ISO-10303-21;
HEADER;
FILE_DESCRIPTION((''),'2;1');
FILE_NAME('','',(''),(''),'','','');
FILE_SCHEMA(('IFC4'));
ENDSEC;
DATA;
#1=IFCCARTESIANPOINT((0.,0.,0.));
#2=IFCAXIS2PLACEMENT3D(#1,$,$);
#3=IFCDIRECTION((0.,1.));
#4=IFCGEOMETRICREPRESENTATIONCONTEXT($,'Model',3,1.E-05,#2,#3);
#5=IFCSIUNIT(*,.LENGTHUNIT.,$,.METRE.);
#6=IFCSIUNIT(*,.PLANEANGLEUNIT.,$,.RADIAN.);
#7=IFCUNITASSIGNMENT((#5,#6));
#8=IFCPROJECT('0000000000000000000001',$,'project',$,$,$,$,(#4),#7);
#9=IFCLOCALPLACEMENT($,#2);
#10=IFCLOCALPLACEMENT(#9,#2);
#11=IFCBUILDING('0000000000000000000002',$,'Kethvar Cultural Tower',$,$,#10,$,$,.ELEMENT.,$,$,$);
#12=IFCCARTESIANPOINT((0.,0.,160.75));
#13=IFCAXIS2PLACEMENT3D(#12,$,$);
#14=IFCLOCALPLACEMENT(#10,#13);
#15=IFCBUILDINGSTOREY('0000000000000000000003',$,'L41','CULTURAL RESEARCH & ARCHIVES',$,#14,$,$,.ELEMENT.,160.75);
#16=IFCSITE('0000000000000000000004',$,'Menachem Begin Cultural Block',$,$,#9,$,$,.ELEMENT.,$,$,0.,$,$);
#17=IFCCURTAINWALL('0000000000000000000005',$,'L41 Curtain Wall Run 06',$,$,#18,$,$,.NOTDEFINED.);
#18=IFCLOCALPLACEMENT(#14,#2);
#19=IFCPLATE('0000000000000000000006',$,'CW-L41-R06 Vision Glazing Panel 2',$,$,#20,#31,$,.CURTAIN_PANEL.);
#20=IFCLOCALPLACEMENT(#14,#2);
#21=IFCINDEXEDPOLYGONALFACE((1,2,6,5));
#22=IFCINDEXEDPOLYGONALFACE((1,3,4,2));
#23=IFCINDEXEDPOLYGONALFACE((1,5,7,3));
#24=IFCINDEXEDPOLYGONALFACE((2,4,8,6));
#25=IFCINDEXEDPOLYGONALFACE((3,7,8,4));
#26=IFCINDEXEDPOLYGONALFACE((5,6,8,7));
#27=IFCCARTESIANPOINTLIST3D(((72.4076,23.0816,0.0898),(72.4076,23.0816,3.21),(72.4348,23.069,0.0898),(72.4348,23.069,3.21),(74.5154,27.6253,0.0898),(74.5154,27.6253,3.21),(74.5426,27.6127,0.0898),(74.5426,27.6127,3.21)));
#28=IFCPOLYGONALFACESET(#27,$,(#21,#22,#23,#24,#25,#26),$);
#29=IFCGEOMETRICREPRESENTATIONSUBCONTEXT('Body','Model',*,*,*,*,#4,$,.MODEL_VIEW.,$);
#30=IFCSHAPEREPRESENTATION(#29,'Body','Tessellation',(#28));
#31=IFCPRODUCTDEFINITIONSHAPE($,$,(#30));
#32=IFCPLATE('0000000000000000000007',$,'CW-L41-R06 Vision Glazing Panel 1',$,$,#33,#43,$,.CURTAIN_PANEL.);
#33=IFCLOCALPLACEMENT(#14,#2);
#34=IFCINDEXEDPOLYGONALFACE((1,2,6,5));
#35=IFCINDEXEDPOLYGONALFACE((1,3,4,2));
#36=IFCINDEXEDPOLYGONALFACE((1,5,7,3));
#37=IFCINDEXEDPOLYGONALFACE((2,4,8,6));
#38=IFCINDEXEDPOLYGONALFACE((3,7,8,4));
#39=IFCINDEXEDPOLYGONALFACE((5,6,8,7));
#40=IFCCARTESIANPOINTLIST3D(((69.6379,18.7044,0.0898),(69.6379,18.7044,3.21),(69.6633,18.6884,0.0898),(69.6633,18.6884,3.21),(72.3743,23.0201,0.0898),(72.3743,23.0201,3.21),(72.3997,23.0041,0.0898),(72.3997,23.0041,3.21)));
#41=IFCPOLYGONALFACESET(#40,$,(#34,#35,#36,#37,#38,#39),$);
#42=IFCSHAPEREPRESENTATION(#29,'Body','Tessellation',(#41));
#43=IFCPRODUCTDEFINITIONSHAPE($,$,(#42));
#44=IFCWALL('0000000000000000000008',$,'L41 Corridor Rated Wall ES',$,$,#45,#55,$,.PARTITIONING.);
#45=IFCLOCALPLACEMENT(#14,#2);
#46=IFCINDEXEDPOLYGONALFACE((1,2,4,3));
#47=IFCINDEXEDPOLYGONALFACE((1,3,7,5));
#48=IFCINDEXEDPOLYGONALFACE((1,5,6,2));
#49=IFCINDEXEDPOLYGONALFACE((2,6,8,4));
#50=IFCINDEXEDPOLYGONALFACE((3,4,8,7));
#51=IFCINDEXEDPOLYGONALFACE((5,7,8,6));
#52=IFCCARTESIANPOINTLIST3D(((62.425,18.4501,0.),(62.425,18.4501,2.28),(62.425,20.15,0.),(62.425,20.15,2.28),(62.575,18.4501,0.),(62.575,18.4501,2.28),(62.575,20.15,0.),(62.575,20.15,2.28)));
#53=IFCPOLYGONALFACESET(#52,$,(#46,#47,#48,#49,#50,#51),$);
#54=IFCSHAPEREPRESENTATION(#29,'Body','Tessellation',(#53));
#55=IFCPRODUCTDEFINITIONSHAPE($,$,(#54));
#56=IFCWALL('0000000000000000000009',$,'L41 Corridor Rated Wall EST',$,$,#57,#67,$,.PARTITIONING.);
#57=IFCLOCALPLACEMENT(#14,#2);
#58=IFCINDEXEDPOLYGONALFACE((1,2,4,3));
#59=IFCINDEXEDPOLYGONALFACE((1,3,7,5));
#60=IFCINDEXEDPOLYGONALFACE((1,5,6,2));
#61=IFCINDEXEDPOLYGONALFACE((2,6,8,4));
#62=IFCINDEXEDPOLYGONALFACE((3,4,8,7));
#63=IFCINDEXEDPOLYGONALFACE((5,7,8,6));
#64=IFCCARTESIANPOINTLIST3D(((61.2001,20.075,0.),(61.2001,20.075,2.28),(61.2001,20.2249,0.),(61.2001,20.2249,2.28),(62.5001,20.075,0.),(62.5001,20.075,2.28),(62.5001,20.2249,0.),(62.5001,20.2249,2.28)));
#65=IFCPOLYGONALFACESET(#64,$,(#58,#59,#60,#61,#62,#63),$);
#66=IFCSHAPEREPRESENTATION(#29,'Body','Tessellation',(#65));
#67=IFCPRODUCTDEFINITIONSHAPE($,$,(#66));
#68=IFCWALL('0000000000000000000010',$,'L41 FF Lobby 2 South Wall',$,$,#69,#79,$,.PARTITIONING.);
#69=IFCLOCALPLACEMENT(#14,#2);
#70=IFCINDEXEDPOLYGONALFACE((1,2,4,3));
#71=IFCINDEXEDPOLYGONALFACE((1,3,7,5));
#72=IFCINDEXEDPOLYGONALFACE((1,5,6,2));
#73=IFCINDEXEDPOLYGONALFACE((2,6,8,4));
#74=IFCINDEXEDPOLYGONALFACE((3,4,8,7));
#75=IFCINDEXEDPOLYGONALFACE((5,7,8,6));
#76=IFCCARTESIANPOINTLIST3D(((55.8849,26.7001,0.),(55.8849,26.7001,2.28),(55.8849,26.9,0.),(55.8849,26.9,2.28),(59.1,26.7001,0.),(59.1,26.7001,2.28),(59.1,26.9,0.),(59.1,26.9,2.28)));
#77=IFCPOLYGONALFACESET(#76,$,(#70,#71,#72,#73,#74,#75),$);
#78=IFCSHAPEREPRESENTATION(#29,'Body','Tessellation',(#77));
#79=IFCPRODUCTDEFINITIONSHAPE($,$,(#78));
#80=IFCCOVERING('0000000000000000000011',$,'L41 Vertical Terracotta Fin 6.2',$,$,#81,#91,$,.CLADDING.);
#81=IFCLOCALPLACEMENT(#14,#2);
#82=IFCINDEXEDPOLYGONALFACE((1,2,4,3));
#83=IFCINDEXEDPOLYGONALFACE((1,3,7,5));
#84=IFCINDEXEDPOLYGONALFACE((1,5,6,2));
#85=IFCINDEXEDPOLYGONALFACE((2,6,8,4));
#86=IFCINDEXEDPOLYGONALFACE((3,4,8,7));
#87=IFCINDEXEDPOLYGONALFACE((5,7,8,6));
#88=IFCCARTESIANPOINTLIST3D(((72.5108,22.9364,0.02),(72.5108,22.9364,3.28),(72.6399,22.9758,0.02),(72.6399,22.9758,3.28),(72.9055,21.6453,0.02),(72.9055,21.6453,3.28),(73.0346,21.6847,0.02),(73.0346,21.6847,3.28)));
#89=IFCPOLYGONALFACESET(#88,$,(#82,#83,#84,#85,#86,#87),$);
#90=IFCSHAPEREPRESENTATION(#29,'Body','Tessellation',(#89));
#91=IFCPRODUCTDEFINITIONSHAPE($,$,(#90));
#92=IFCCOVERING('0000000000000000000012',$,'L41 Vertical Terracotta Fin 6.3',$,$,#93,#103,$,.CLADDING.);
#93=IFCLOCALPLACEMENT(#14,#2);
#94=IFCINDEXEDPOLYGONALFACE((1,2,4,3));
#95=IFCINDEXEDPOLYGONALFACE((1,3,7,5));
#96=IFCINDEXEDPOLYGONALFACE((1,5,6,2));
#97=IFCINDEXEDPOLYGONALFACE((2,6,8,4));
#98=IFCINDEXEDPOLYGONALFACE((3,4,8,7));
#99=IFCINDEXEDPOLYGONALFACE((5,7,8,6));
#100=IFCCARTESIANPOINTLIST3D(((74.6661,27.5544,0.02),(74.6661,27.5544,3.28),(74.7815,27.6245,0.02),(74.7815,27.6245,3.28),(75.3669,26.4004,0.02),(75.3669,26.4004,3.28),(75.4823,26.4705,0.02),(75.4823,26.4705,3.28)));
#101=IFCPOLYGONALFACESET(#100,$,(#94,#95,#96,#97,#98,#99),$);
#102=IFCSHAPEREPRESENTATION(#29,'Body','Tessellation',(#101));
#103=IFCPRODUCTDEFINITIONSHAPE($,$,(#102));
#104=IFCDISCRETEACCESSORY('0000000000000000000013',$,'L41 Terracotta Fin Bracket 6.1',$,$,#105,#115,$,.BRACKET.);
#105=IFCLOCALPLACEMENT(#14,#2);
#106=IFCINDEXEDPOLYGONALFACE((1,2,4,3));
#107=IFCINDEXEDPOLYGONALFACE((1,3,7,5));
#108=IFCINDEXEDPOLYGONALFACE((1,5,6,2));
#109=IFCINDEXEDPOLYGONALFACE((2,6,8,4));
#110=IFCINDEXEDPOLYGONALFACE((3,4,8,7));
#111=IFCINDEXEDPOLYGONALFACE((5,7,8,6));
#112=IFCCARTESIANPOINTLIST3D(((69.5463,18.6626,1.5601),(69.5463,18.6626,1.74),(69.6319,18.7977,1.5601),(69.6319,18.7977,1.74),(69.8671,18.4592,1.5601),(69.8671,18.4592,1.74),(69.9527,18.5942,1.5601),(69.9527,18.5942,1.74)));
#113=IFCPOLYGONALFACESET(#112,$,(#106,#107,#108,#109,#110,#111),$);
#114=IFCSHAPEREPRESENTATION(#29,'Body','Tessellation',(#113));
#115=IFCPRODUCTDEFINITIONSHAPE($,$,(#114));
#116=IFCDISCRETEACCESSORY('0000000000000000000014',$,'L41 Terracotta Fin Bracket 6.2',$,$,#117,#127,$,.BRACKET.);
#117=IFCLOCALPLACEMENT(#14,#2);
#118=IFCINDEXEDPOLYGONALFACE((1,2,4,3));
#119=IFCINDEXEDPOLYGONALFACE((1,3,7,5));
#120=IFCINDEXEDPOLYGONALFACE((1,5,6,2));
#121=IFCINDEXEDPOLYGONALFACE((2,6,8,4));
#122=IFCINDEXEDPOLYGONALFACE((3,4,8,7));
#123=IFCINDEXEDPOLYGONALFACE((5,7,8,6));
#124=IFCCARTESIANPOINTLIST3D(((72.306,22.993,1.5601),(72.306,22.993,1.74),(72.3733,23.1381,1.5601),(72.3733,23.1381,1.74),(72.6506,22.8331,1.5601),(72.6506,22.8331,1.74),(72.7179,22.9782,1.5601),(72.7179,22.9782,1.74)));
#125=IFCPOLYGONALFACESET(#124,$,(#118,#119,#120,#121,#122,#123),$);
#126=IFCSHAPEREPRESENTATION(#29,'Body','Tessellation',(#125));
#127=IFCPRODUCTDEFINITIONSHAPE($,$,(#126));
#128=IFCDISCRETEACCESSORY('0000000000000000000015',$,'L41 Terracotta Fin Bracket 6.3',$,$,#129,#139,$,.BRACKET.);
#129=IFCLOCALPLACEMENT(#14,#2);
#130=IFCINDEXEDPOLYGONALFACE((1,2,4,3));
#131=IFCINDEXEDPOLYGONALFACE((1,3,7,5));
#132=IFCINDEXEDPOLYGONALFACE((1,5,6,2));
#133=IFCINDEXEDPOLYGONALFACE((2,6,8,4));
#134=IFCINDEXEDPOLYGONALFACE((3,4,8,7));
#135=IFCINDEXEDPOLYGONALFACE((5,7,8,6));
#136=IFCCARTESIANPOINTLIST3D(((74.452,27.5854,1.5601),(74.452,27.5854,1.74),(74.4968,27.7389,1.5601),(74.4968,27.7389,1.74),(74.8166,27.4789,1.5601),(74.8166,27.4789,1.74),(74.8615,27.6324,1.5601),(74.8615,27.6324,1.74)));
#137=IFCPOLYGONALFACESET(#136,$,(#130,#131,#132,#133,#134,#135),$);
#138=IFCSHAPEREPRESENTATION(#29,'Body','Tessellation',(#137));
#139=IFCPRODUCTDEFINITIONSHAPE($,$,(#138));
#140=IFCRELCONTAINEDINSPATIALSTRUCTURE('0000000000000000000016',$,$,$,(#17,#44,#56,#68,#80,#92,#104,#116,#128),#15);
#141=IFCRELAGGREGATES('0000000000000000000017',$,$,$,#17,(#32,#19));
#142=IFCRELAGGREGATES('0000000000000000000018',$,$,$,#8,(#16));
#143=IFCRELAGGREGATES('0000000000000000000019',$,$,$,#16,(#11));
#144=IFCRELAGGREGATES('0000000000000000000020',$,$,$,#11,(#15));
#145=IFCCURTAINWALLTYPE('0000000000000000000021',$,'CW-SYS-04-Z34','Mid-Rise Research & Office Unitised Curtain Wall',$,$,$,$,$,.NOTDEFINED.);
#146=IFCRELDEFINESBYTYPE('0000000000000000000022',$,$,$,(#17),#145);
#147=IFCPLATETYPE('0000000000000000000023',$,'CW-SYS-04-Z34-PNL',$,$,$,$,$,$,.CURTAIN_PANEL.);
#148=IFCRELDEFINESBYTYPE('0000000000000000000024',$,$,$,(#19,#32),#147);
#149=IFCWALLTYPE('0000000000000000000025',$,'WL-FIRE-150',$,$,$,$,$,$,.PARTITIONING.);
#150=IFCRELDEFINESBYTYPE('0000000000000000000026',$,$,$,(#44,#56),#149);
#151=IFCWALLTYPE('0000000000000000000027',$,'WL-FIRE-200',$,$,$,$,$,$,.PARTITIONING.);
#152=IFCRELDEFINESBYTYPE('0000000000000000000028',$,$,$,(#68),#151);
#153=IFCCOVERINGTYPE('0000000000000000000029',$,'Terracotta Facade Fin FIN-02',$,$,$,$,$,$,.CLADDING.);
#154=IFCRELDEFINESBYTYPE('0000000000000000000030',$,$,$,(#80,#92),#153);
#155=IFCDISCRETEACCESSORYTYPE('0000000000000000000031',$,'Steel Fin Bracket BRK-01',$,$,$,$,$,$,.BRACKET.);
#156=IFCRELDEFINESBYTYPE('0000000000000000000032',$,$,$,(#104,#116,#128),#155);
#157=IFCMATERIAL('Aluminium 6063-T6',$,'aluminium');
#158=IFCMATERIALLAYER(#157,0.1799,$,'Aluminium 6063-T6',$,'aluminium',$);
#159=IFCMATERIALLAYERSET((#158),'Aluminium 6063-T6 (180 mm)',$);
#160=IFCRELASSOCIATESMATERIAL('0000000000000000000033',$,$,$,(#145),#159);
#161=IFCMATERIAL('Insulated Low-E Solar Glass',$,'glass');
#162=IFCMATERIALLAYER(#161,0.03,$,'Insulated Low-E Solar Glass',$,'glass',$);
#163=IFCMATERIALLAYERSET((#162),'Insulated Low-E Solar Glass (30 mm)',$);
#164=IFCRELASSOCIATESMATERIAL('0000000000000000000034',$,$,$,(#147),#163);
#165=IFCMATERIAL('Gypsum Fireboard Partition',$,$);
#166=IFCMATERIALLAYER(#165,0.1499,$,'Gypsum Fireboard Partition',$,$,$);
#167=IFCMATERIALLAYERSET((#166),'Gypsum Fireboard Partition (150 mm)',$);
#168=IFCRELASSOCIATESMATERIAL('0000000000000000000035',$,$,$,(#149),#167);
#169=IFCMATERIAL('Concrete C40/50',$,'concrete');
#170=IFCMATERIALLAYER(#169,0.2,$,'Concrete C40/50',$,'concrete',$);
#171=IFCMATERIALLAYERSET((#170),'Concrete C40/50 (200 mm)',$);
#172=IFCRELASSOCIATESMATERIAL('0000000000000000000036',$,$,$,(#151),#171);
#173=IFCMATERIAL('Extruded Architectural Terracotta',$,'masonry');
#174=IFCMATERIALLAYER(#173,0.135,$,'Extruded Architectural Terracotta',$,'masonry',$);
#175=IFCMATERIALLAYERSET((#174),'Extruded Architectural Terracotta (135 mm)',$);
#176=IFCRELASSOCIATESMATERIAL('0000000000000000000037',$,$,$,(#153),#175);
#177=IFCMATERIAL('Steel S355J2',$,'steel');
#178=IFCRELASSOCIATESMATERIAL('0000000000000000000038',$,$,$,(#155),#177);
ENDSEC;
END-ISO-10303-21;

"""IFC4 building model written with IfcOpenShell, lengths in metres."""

from ifc_helpers import new_model, si_unit, direction, frame, frame_2d, origin, origin_2d, place, context, subcontext, project, spatial, rectangle, extrude, source, transform, mapped, material, layer, layer_set, type_object, element, aggregate, save


model = new_model("IFC4")

# Units and contexts
model_context = context("Model", 3, precision=1e-05, world=origin(), true_north=direction((0.0, 1.0)))
body_context = subcontext(model_context, "Body", "Model", "MODEL_VIEW")
ifc_project = project(units=[si_unit("LENGTHUNIT", "METRE"), si_unit("PLANEANGLEUNIT", "RADIAN")], contexts=[model_context])

# Site, building, storey
site_placement = place(None, origin())
site = spatial("IfcSite", under=ifc_project, at=site_placement, Name="Menachem Begin Cultural Block", CompositionType="ELEMENT", RefElevation=0.0)
building_placement = place(site_placement, origin())
building = spatial("IfcBuilding", under=site, at=building_placement, Name="Kethvar Cultural Tower", CompositionType="ELEMENT")
storey_placement = place(building_placement, frame((0.0, 0.0, 160.75)))
storey = spatial("IfcBuildingStorey", under=building, at=storey_placement, Name="L41", Description="CULTURAL RESEARCH & ARCHIVES", CompositionType="ELEMENT", Elevation=160.75)

# Shared definitions
ifc_material_1 = material(Name="Steel S355J2", Category="steel")

# Shared definitions
ifc_material_2 = material(Name="Aluminium 6063-T6", Category="aluminium")
ifc_layer_1 = layer(ifc_material_2, 0.1799, Name="Aluminium 6063-T6", Category="aluminium")
ifc_layer_set_1 = layer_set([ifc_layer_1], Name="Aluminium 6063-T6 (180 mm)")
curtain_wall_type = type_object("IfcCurtainWallType", Name="CW-SYS-04-Z34", Description="Mid-Rise Research & Office Unitised Curtain Wall", PredefinedType="NOTDEFINED", material=ifc_layer_set_1)

# Curtain wall, plates
curtain_wall_1_placement = place(storey_placement, origin())
curtain_wall_1 = element("IfcCurtainWall", 1, at=curtain_wall_1_placement, inside=storey, type_object=curtain_wall_type, Name="L41 Curtain Wall Run 06", PredefinedType="NOTDEFINED")
ifc_material_3 = material(Name="Insulated Low-E Solar Glass", Category="glass")
ifc_layer_2 = layer(ifc_material_3, 0.03, Name="Insulated Low-E Solar Glass", Category="glass")
ifc_layer_set_2 = layer_set([ifc_layer_2], Name="Insulated Low-E Solar Glass (30 mm)")
plate_type = type_object("IfcPlateType", Name="CW-SYS-04-Z34-PNL", PredefinedType="CURTAIN_PANEL", material=ifc_layer_set_2)
shared_shape_1 = source(origin(), body_context, "Body", "SweptSolid", [
    extrude(rectangle(XDim=5.0088, YDim=0.03, at=origin_2d()), origin(), (0.0, 0.0, 1.0), 3.1201),
])
plate_1_placement = place(storey_placement, frame((73.4751, 25.3472, 0.0898), z_axis=(0.0, 0.0, 1.0), x_axis=(0.420814, 0.907147, 0.0)))
plate_1 = element("IfcPlate", 2, at=plate_1_placement, type_object=plate_type, Name="CW-L41-R06 Vision Glazing Panel 2", PredefinedType="CURTAIN_PANEL", context=body_context, shape_type="MappedRepresentation", body=[
    mapped(shared_shape_1, transform((0.0, 0.0, 0.0), scale=1.0)),
])
shared_shape_2 = source(origin(), body_context, "Body", "SweptSolid", [
    extrude(rectangle(XDim=5.1101, YDim=0.03, at=origin_2d()), origin(), (0.0, 0.0, 1.0), 3.1201),
])
plate_2_placement = place(storey_placement, frame((71.0188, 20.8542, 0.0898), z_axis=(0.0, 0.0, 1.0), x_axis=(0.535488, 0.844543, 0.0)))
plate_2 = element("IfcPlate", 3, at=plate_2_placement, type_object=plate_type, Name="CW-L41-R06 Vision Glazing Panel 1", PredefinedType="CURTAIN_PANEL", context=body_context, shape_type="MappedRepresentation", body=[
    mapped(shared_shape_2, transform((0.0, 0.0, 0.0), scale=1.0)),
])
aggregate(curtain_wall_1, [plate_2, plate_1])

# Walls
ifc_material_4 = material(Name="Gypsum Fireboard Partition")
ifc_layer_3 = layer(ifc_material_4, 0.1499, Name="Gypsum Fireboard Partition")
ifc_layer_set_3 = layer_set([ifc_layer_3], Name="Gypsum Fireboard Partition (150 mm)")
wall_type_1 = type_object("IfcWallType", Name="WL-FIRE-150", PredefinedType="PARTITIONING", material=ifc_layer_set_3)
wall_1_placement = place(storey_placement, frame((62.5, 18.45, 0.0), z_axis=(0.0, 0.0, 1.0), x_axis=(0.0, 1.0, 0.0)))
element("IfcWall", 4, at=wall_1_placement, inside=storey, type_object=wall_type_1, Name="L41 Corridor Rated Wall ES", PredefinedType="PARTITIONING", context=body_context, shape_type="SweptSolid", body=[
    extrude(rectangle(XDim=1.7, YDim=0.1499, at=frame_2d((0.8501, 0.0))), origin(), (0.0, 0.0, 1.0), 2.28),
])
wall_2_placement = place(storey_placement, frame((62.5, 20.1499, 0.0), z_axis=(0.0, 0.0, 1.0), x_axis=(-1.0, 0.0, 0.0)))
element("IfcWall", 5, at=wall_2_placement, inside=storey, type_object=wall_type_1, Name="L41 Corridor Rated Wall EST", PredefinedType="PARTITIONING", context=body_context, shape_type="SweptSolid", body=[
    extrude(rectangle(XDim=1.3, YDim=0.1499, at=frame_2d((0.6499, 0.0))), origin(), (0.0, 0.0, 1.0), 2.28),
])

# Shared definitions
ifc_material_5 = material(Name="Concrete C40/50", Category="concrete")
ifc_layer_4 = layer(ifc_material_5, 0.2, Name="Concrete C40/50", Category="concrete")
ifc_layer_set_4 = layer_set([ifc_layer_4], Name="Concrete C40/50 (200 mm)")
wall_type_2 = type_object("IfcWallType", Name="WL-FIRE-200", PredefinedType="PARTITIONING", material=ifc_layer_set_4)

# Wall
wall_3_placement = place(storey_placement, frame((55.885, 26.8, 0.0), z_axis=(0.0, 0.0, 1.0), x_axis=(1.0, 0.0, 0.0)))
element("IfcWall", 6, at=wall_3_placement, inside=storey, type_object=wall_type_2, Name="L41 FF Lobby 2 South Wall", PredefinedType="PARTITIONING", context=body_context, shape_type="SweptSolid", body=[
    extrude(rectangle(XDim=3.2151, YDim=0.2, at=frame_2d((1.6074, 0.0))), origin(), (0.0, 0.0, 1.0), 2.28),
])

# Coverings
ifc_material_6 = material(Name="Extruded Architectural Terracotta", Category="masonry")
ifc_layer_5 = layer(ifc_material_6, 0.135, Name="Extruded Architectural Terracotta", Category="masonry")
ifc_layer_set_5 = layer_set([ifc_layer_5], Name="Extruded Architectural Terracotta (135 mm)")
covering_type = type_object("IfcCoveringType", Name="Terracotta Facade Fin FIN-02", PredefinedType="CLADDING", material=ifc_layer_set_5)
shared_shape_3 = source(origin(), body_context, "Body", "SweptSolid", [
    extrude(rectangle(XDim=1.3501, YDim=0.135, at=origin_2d()), origin(), (0.0, 0.0, 1.0), 3.26),
])
for number, where, z_axis, x_axis, name in (
    (7, (72.7727, 22.3105, 0.02), (0.0, 0.0, 1.0), (0.292372, -0.956305, 0.0), "L41 Vertical Terracotta Fin 6.2"),
    (8, (75.0742, 27.0125, 0.02), (0.0, 0.0, 1.0), (0.519072, -0.854731, 0.0), "L41 Vertical Terracotta Fin 6.3"),
):
    element("IfcCovering", number, at=place(storey_placement, frame(where, z_axis=z_axis, x_axis=x_axis)), inside=storey, type_object=covering_type, Name=name, PredefinedType="CLADDING", context=body_context, shape_type="MappedRepresentation", body=[
        mapped(shared_shape_3, transform((0.0, 0.0, 0.0), scale=1.0)),
    ])

# Discrete accessories
discrete_accessory_type = type_object("IfcDiscreteAccessoryType", Name="Steel Fin Bracket BRK-01", PredefinedType="BRACKET", material=ifc_material_1)
shared_shape_4 = source(origin(), body_context, "Body", "SweptSolid", [
    extrude(rectangle(XDim=0.3799, YDim=0.1599, at=origin_2d()), origin(), (0.0, 0.0, 1.0), 0.1799),
])
for number, where, z_axis, x_axis, name in (
    (9, (69.7495, 18.6284, 1.5601), (0.0, 0.0, 1.0), (0.844515, -0.535532, 0.0), "L41 Terracotta Fin Bracket 6.1"),
    (10, (72.512, 22.9856, 1.5601), (0.0, 0.0, 1.0), (0.907117, -0.420877, 0.0), "L41 Terracotta Fin Bracket 6.2"),
    (11, (74.6567, 27.6089, 1.5601), (0.0, 0.0, 1.0), (0.959854, -0.280499, 0.0), "L41 Terracotta Fin Bracket 6.3"),
):
    element("IfcDiscreteAccessory", number, at=place(storey_placement, frame(where, z_axis=z_axis, x_axis=x_axis)), inside=storey, type_object=discrete_accessory_type, Name=name, PredefinedType="BRACKET", context=body_context, shape_type="MappedRepresentation", body=[
        mapped(shared_shape_4, transform((0.0, 0.0, 0.0), scale=1.0)),
    ])

save(model, "model.ifc")
